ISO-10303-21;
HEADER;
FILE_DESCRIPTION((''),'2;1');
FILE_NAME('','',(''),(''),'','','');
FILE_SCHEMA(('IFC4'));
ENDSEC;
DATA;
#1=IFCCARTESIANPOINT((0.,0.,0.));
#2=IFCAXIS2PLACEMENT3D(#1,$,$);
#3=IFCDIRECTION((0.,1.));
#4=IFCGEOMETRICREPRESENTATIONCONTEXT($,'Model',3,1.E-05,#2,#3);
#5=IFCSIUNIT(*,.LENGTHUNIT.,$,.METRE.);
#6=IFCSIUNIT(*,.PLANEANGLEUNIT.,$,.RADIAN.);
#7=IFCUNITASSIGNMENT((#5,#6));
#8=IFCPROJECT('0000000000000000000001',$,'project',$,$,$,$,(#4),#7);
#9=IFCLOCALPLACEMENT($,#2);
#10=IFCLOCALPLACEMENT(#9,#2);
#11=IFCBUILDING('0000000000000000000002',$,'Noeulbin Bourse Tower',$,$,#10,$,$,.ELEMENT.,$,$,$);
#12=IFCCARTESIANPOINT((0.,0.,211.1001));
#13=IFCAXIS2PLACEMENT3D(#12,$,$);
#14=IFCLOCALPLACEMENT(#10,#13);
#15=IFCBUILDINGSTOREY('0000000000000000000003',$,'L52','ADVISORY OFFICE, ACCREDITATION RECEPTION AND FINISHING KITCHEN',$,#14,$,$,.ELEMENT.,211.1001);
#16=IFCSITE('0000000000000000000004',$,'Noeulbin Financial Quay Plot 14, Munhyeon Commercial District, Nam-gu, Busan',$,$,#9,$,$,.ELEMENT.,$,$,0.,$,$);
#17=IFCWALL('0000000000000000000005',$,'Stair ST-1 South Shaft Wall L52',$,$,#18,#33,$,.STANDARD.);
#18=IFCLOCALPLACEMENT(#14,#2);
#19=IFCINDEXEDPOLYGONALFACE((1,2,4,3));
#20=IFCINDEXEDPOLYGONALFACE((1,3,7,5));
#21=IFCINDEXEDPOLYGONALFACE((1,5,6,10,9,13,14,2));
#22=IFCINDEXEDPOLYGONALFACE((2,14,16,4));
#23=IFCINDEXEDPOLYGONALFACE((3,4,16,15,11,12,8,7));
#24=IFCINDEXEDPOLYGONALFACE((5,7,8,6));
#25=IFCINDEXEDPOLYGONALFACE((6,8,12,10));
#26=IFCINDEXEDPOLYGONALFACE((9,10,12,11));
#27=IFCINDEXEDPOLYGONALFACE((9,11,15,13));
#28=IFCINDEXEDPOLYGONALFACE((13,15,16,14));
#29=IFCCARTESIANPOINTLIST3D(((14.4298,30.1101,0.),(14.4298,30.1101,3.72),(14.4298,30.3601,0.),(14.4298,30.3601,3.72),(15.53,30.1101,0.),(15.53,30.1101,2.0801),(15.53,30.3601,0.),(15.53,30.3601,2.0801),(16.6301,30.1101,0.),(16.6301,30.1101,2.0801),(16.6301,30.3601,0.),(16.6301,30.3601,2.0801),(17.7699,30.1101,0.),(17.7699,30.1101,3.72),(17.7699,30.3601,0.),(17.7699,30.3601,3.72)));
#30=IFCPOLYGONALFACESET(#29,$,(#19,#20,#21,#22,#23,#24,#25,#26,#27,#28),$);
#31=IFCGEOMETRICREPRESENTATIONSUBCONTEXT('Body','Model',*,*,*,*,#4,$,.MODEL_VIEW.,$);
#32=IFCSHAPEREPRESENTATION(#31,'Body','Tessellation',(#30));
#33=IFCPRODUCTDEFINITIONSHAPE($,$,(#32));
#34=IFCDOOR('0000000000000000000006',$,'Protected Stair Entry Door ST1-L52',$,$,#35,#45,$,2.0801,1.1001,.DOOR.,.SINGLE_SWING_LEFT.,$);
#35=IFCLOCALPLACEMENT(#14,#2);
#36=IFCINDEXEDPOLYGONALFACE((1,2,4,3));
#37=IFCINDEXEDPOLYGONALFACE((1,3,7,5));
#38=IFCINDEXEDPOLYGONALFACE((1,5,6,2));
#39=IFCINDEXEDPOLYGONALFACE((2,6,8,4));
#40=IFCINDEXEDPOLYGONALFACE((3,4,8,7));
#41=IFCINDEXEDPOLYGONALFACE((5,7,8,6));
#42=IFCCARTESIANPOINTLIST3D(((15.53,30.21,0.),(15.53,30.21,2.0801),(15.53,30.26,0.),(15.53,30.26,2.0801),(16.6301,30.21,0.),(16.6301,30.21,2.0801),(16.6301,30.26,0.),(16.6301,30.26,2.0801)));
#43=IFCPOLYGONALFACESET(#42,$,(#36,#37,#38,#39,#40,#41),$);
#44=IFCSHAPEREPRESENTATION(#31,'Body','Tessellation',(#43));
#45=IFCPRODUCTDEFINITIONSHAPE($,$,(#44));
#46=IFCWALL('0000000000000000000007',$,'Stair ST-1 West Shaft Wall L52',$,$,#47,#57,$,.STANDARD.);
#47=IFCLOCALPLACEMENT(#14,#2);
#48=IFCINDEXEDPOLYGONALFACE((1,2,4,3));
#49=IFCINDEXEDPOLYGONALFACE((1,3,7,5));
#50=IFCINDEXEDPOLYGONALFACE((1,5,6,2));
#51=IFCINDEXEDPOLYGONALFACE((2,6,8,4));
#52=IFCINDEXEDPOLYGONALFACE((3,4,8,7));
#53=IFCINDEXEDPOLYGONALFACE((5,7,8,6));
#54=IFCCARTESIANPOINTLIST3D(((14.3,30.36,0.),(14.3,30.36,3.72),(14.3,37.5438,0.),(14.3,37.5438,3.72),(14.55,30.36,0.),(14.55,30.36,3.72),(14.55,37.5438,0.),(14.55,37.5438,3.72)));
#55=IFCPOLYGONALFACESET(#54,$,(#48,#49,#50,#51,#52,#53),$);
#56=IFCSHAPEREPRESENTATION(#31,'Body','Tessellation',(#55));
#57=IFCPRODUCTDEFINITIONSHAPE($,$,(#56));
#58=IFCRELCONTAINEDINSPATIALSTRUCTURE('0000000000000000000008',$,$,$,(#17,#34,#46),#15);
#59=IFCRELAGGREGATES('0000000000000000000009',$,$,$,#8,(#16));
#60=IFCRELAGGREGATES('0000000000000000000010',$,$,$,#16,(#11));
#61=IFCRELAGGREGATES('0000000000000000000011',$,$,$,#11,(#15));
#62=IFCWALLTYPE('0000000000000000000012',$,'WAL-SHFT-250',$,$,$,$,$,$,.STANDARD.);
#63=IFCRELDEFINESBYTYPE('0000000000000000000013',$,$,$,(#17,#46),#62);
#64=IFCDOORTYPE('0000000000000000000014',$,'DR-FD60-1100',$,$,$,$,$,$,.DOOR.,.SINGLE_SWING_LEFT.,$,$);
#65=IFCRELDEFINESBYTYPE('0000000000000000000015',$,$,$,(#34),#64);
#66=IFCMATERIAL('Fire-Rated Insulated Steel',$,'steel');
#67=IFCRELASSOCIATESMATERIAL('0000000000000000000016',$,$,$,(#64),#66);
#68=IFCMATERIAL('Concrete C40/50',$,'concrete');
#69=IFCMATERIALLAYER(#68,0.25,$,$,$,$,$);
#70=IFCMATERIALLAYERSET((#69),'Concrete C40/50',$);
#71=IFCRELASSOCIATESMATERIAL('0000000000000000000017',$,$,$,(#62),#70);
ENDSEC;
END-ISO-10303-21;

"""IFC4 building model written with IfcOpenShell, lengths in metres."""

from ifc_helpers import new_model, si_unit, direction, frame, frame_2d, origin, place, context, subcontext, project, spatial, rectangle, extrude, material, layer, layer_set, type_object, element, fill, save


model = new_model("IFC4")

# Units and contexts
model_context = context("Model", 3, precision=1e-05, world=origin(), true_north=direction((0.0, 1.0)))
body_context = subcontext(model_context, "Body", "Model", "MODEL_VIEW")
ifc_project = project(units=[si_unit("LENGTHUNIT", "METRE"), si_unit("PLANEANGLEUNIT", "RADIAN")], contexts=[model_context])

# Site, building, storey
site_placement = place(None, origin())
site = spatial("IfcSite", under=ifc_project, at=site_placement, Name="Noeulbin Financial Quay Plot 14, Munhyeon Commercial District, Nam-gu, Busan", CompositionType="ELEMENT", RefElevation=0.0)
building_placement = place(site_placement, origin())
building = spatial("IfcBuilding", under=site, at=building_placement, Name="Noeulbin Bourse Tower", CompositionType="ELEMENT")
storey_placement = place(building_placement, frame((0.0, 0.0, 211.1001)))
storey = spatial("IfcBuildingStorey", under=building, at=storey_placement, Name="L52", Description="ADVISORY OFFICE, ACCREDITATION RECEPTION AND FINISHING KITCHEN", CompositionType="ELEMENT", Elevation=211.1001)

# Shared definitions
ifc_material_1 = material(Name="Fire-Rated Insulated Steel", Category="steel")
door_type_1 = type_object("IfcDoorType", Name="DR-FD60-1100", OperationType="SINGLE_SWING_LEFT", PredefinedType="DOOR", material=ifc_material_1)

# Shared definitions
ifc_material_2 = material(Name="Concrete C40/50", Category="concrete")

# Wall, opening, door
ifc_layer_1 = layer(ifc_material_2, 0.25)
ifc_layer_set_1 = layer_set([ifc_layer_1], Name="Concrete C40/50")
wall_type_1 = type_object("IfcWallType", Name="WAL-SHFT-250", PredefinedType="STANDARD", material=ifc_layer_set_1)
wall_1_placement = place(storey_placement, frame((14.4299, 30.2351, 0.0), z_axis=(0.0, 0.0, 1.0), x_axis=(1.0, 0.0, 0.0)))
wall_1 = element("IfcWall", 1, at=wall_1_placement, inside=storey, type_object=wall_type_1, Name="Stair ST-1 South Shaft Wall L52", PredefinedType="STANDARD", context=body_context, shape_type="SweptSolid", body=[
    extrude(rectangle(XDim=3.3401, YDim=0.25, at=frame_2d((1.6699, 0.0))), origin(), (0.0, 0.0, 1.0), 3.72),
])
opening_1_placement = place(wall_1_placement, frame((1.1001, 0.0, 0.0)))
opening_1 = element("IfcOpeningElement", 2, at=opening_1_placement, cuts=wall_1, PredefinedType="OPENING", context=body_context, shape_type="SweptSolid", body=[
    extrude(rectangle(XDim=1.1001, YDim=2.0801, at=frame_2d((0.55, 1.04))), frame((0.0, 0.135, 0.0), z_axis=(0.0, -1.0, 0.0), x_axis=(1.0, 0.0, 0.0)), (0.0, 0.0, 1.0), 0.27),
])
door_1_placement = place(opening_1_placement, origin())
door_1 = element("IfcDoor", 3, at=door_1_placement, inside=storey, type_object=door_type_1, Name="Protected Stair Entry Door ST1-L52", OperationType="SINGLE_SWING_LEFT", OverallHeight=2.0801, OverallWidth=1.1001, PredefinedType="DOOR", context=body_context, shape_type="SweptSolid", body=[
    extrude(rectangle(XDim=1.1001, YDim=2.0801, at=frame_2d((0.55, 1.04))), frame((0.0, 0.0249, 0.0), z_axis=(0.0, -1.0, 0.0), x_axis=(1.0, 0.0, 0.0)), (0.0, 0.0, 1.0), 0.05),
])
fill(opening_1, door_1)

# Wall
wall_2_placement = place(storey_placement, frame((14.425, 30.3601, 0.0), z_axis=(0.0, 0.0, 1.0), x_axis=(0.0, 1.0, 0.0)))
element("IfcWall", 4, at=wall_2_placement, inside=storey, type_object=wall_type_1, Name="Stair ST-1 West Shaft Wall L52", PredefinedType="STANDARD", context=body_context, shape_type="SweptSolid", body=[
    extrude(rectangle(XDim=7.1838, YDim=0.25, at=frame_2d((3.5918, 0.0))), origin(), (0.0, 0.0, 1.0), 3.72),
])

save(model, "model.ifc")
